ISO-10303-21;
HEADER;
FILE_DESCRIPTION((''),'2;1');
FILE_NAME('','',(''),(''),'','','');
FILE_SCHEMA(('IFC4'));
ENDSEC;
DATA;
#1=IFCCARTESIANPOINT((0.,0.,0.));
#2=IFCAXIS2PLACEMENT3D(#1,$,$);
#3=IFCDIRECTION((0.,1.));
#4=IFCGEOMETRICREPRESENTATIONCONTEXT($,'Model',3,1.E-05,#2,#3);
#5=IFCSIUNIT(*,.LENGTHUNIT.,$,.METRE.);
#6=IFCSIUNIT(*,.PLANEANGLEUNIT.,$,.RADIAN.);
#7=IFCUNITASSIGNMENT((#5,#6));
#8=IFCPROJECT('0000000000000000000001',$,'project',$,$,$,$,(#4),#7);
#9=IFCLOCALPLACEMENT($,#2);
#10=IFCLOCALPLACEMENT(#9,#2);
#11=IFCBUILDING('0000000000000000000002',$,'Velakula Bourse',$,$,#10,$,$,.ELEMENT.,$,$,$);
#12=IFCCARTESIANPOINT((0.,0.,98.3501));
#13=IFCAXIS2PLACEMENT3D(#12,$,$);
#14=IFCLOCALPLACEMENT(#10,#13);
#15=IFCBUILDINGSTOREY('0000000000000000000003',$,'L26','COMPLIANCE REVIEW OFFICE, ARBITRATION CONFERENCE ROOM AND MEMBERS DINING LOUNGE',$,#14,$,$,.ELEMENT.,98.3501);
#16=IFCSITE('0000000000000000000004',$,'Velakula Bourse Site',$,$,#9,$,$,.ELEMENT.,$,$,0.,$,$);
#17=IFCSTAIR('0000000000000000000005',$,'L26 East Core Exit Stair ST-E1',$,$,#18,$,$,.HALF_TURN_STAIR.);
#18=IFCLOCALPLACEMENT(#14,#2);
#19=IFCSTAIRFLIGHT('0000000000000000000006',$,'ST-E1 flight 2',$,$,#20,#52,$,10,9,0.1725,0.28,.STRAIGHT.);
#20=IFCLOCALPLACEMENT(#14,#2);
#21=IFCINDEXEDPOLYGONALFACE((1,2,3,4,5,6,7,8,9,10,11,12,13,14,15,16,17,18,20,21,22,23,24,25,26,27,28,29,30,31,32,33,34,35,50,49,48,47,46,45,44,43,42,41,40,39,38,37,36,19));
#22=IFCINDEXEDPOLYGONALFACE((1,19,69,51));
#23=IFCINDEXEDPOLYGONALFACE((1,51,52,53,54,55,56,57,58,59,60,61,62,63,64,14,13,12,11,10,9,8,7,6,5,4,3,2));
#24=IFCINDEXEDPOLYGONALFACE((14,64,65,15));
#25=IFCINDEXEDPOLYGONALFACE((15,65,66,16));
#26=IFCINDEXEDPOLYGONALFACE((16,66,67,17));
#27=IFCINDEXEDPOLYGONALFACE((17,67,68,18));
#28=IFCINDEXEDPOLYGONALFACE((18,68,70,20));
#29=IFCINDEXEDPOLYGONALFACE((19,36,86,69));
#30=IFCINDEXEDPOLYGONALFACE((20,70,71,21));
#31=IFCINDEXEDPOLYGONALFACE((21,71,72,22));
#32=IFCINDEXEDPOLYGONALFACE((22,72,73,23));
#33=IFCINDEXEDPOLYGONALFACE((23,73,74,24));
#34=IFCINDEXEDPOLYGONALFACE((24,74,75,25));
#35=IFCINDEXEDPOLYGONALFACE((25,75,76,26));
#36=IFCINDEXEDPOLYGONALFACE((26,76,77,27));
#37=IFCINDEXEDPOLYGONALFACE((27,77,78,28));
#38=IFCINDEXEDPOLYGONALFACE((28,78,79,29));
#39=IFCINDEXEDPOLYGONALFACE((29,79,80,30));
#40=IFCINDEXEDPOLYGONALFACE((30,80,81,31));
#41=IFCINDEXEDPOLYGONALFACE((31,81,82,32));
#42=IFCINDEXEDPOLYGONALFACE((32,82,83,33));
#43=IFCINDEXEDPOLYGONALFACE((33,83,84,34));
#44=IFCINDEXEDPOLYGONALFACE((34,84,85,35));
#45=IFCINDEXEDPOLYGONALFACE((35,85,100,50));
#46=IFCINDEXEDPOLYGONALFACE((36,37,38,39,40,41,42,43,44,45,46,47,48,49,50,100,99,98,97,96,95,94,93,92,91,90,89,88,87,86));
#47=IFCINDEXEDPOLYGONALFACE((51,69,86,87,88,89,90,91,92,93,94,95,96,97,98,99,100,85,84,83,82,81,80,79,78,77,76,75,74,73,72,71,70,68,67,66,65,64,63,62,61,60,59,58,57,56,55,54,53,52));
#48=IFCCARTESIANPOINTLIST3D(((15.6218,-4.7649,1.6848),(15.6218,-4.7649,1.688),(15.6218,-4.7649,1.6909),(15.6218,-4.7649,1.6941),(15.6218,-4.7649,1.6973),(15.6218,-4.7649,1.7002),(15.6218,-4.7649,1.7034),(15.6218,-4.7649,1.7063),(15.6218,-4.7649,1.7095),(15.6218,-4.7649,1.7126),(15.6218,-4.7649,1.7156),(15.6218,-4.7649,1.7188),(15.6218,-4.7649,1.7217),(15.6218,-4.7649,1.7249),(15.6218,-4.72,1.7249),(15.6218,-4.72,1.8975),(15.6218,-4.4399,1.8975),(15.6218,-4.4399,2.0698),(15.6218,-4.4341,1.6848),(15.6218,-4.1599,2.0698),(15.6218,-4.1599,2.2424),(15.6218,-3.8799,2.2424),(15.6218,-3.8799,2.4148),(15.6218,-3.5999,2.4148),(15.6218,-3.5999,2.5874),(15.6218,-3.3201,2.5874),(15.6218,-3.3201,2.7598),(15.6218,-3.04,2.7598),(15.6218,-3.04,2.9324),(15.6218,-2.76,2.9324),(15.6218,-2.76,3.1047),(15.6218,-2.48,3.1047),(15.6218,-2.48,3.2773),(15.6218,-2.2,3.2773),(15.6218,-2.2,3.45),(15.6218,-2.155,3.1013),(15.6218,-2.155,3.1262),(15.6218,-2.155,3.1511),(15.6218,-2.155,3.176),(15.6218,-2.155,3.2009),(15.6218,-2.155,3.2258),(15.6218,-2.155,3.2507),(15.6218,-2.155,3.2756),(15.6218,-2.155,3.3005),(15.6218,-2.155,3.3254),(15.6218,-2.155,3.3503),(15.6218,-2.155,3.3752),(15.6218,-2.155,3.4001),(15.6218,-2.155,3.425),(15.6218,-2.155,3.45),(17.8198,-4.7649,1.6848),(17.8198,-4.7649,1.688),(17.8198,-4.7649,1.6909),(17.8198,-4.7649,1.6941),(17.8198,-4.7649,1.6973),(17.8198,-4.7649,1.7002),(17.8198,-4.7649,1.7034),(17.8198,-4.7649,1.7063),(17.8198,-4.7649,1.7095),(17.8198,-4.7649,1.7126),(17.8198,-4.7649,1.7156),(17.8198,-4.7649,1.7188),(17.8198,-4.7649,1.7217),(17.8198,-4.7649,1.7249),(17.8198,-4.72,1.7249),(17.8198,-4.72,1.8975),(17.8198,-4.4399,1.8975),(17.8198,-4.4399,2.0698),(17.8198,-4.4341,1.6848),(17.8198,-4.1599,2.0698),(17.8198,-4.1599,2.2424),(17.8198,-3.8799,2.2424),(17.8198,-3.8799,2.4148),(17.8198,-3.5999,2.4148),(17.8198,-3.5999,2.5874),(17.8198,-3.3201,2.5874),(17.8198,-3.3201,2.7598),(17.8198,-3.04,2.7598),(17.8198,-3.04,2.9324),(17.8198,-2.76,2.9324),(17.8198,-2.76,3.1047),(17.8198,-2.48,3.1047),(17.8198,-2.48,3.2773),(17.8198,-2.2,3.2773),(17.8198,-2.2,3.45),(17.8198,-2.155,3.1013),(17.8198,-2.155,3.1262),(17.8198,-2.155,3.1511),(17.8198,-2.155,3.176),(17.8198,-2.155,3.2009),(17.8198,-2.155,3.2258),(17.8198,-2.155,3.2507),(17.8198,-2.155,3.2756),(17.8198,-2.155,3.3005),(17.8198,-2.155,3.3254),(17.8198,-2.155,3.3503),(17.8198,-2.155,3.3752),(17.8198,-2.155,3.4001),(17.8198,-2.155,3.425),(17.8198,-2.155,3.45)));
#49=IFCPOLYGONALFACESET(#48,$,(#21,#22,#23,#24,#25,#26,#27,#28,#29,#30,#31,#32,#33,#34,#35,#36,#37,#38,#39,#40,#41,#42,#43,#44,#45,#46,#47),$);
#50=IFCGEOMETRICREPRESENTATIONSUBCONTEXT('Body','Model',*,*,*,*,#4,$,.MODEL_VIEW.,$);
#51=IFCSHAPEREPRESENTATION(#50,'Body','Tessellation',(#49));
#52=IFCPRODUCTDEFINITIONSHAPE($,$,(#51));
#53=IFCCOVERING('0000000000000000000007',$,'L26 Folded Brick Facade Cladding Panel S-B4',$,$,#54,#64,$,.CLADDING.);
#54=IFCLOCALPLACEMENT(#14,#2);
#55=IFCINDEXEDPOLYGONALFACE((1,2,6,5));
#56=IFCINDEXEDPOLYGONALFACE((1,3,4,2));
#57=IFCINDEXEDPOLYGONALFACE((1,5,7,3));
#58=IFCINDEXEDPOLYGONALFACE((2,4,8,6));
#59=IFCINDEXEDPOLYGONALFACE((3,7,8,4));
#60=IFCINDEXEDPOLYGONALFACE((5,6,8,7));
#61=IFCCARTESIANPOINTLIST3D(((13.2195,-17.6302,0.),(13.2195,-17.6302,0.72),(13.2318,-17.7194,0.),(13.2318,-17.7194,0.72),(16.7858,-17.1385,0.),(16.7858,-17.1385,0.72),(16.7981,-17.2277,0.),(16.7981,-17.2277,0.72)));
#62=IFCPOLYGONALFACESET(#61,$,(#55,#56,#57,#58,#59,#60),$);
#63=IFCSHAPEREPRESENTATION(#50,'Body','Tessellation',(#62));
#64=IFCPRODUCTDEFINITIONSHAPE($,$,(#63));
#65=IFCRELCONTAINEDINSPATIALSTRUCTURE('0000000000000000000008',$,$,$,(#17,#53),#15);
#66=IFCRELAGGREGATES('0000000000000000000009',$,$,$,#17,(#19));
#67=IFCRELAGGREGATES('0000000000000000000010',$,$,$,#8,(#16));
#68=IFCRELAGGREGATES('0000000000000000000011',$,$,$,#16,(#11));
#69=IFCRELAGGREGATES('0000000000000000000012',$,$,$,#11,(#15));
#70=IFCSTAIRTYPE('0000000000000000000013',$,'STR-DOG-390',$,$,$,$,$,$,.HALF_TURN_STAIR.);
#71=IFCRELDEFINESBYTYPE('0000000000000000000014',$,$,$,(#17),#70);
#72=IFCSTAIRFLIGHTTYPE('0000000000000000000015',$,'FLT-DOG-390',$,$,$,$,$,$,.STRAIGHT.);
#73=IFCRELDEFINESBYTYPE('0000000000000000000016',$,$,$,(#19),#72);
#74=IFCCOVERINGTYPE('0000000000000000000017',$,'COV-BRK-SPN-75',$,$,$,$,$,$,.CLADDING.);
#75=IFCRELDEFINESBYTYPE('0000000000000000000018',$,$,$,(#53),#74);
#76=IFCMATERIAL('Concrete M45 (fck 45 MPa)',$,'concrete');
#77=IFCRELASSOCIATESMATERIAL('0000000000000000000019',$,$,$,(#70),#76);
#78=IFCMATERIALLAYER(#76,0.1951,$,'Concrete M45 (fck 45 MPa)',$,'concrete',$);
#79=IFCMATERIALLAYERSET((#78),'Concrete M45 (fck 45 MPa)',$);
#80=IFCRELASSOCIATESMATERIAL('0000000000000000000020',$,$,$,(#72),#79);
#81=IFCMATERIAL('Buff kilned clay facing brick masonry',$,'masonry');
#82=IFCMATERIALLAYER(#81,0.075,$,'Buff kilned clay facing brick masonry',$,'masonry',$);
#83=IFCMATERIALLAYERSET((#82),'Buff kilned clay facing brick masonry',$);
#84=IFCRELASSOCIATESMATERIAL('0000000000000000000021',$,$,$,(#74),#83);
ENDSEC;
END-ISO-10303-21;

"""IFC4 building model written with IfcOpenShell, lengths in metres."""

from ifc_helpers import new_model, si_unit, direction, frame, origin, origin_2d, place, context, subcontext, project, spatial, polyline, rectangle, outline, extrude, material, layer, layer_set, type_object, element, aggregate, save


model = new_model("IFC4")

# Units and contexts
model_context = context("Model", 3, precision=1e-05, world=origin(), true_north=direction((0.0, 1.0)))
body_context = subcontext(model_context, "Body", "Model", "MODEL_VIEW")
ifc_project = project(units=[si_unit("LENGTHUNIT", "METRE"), si_unit("PLANEANGLEUNIT", "RADIAN")], contexts=[model_context])

# Site, building, storey
site_placement = place(None, origin())
site = spatial("IfcSite", under=ifc_project, at=site_placement, Name="Velakula Bourse Site", CompositionType="ELEMENT", RefElevation=0.0)
building_placement = place(site_placement, origin())
building = spatial("IfcBuilding", under=site, at=building_placement, Name="Velakula Bourse", CompositionType="ELEMENT")
storey_placement = place(building_placement, frame((0.0, 0.0, 98.3501)))
storey = spatial("IfcBuildingStorey", under=building, at=storey_placement, Name="L26", Description="COMPLIANCE REVIEW OFFICE, ARBITRATION CONFERENCE ROOM AND MEMBERS DINING LOUNGE", CompositionType="ELEMENT", Elevation=98.3501)

# Stair, stair flight
ifc_material_1 = material(Name="Concrete M45 (fck 45 MPa)", Category="concrete")
stair_type = type_object("IfcStairType", Name="STR-DOG-390", PredefinedType="HALF_TURN_STAIR", material=ifc_material_1)
stair_placement = place(storey_placement, origin())
stair = element("IfcStair", 1, at=stair_placement, inside=storey, type_object=stair_type, Name="L26 East Core Exit Stair ST-E1", PredefinedType="HALF_TURN_STAIR")
ifc_layer_1 = layer(ifc_material_1, 0.1951, Name="Concrete M45 (fck 45 MPa)", Category="concrete")
ifc_layer_set_1 = layer_set([ifc_layer_1], Name="Concrete M45 (fck 45 MPa)")
stair_flight_type = type_object("IfcStairFlightType", Name="FLT-DOG-390", PredefinedType="STRAIGHT", material=ifc_layer_set_1)
stair_flight_1_placement = place(storey_placement, frame((16.7209, -4.72, 1.7249), z_axis=(0.0, 0.0, 1.0), x_axis=(0.0, 1.0, 0.0)))
stair_flight_1 = element("IfcStairFlight", 2, at=stair_flight_1_placement, type_object=stair_flight_type, Name="ST-E1 flight 2", NumberOfRisers=10, NumberOfTreads=9, PredefinedType="STRAIGHT", RiserHeight=0.1725, TreadLength=0.28, context=body_context, shape_type="SweptSolid", body=[
    extrude(outline(polyline([(-0.0449, -0.04), (-0.0449, -0.0369), (-0.0449, -0.0339), (-0.0449, -0.0308), (-0.0449, -0.0276), (-0.0449, -0.0247), (-0.0449, -0.0215), (-0.0449, -0.0186), (-0.0449, -0.0154), (-0.0449, -0.0122), (-0.0449, -0.0093), (-0.0449, -0.0061), (-0.0449, -0.0032), (-0.0449, 0.0), (0.0, 0.0), (0.0, 0.1726), (0.28, 0.1726), (0.28, 0.345), (0.5601, 0.345), (0.5601, 0.5176), (0.8401, 0.5176), (0.8401, 0.6899), (1.1201, 0.6899), (1.1201, 0.8625), (1.3999, 0.8625), (1.3999, 1.0349), (1.6799, 1.0349), (1.6799, 1.2075), (1.96, 1.2075), (1.96, 1.3799), (2.24, 1.3799), (2.24, 1.5525), (2.52, 1.5525), (2.52, 1.7251), (2.5649, 1.7251), (2.5649, 1.7002), (2.5649, 1.6753), (2.5649, 1.6504), (2.5649, 1.6255), (2.5649, 1.6006), (2.5649, 1.5757), (2.5649, 1.5508), (2.5649, 1.5259), (2.5649, 1.501), (2.5649, 1.4761), (2.5649, 1.4512), (2.5649, 1.4263), (2.5649, 1.4014), (2.5649, 1.3765), (0.2859, -0.04), (-0.0449, -0.04)])), frame((0.0, 1.0991, 0.0), z_axis=(0.0, -1.0, 0.0), x_axis=(1.0, 0.0, 0.0)), (0.0, 0.0, 1.0), 2.198),
])
aggregate(stair, [stair_flight_1])

# Covering
ifc_material_2 = material(Name="Buff kilned clay facing brick masonry", Category="masonry")
ifc_layer_2 = layer(ifc_material_2, 0.075, Name="Buff kilned clay facing brick masonry", Category="masonry")
ifc_layer_set_2 = layer_set([ifc_layer_2], Name="Buff kilned clay facing brick masonry")
covering_type = type_object("IfcCoveringType", Name="COV-BRK-SPN-75", PredefinedType="CLADDING", material=ifc_layer_set_2)
covering_placement = place(storey_placement, frame((15.0088, -17.429, 0.0), z_axis=(0.0, 0.0, 1.0), x_axis=(0.990629, 0.13658, 0.0)))
element("IfcCovering", 3, at=covering_placement, inside=storey, type_object=covering_type, Name="L26 Folded Brick Facade Cladding Panel S-B4", PredefinedType="CLADDING", context=body_context, shape_type="SweptSolid", body=[
    extrude(rectangle(XDim=3.6001, YDim=0.0901, at=origin_2d()), origin(), (0.0, 0.0, 1.0), 0.72),
])

save(model, "model.ifc")
